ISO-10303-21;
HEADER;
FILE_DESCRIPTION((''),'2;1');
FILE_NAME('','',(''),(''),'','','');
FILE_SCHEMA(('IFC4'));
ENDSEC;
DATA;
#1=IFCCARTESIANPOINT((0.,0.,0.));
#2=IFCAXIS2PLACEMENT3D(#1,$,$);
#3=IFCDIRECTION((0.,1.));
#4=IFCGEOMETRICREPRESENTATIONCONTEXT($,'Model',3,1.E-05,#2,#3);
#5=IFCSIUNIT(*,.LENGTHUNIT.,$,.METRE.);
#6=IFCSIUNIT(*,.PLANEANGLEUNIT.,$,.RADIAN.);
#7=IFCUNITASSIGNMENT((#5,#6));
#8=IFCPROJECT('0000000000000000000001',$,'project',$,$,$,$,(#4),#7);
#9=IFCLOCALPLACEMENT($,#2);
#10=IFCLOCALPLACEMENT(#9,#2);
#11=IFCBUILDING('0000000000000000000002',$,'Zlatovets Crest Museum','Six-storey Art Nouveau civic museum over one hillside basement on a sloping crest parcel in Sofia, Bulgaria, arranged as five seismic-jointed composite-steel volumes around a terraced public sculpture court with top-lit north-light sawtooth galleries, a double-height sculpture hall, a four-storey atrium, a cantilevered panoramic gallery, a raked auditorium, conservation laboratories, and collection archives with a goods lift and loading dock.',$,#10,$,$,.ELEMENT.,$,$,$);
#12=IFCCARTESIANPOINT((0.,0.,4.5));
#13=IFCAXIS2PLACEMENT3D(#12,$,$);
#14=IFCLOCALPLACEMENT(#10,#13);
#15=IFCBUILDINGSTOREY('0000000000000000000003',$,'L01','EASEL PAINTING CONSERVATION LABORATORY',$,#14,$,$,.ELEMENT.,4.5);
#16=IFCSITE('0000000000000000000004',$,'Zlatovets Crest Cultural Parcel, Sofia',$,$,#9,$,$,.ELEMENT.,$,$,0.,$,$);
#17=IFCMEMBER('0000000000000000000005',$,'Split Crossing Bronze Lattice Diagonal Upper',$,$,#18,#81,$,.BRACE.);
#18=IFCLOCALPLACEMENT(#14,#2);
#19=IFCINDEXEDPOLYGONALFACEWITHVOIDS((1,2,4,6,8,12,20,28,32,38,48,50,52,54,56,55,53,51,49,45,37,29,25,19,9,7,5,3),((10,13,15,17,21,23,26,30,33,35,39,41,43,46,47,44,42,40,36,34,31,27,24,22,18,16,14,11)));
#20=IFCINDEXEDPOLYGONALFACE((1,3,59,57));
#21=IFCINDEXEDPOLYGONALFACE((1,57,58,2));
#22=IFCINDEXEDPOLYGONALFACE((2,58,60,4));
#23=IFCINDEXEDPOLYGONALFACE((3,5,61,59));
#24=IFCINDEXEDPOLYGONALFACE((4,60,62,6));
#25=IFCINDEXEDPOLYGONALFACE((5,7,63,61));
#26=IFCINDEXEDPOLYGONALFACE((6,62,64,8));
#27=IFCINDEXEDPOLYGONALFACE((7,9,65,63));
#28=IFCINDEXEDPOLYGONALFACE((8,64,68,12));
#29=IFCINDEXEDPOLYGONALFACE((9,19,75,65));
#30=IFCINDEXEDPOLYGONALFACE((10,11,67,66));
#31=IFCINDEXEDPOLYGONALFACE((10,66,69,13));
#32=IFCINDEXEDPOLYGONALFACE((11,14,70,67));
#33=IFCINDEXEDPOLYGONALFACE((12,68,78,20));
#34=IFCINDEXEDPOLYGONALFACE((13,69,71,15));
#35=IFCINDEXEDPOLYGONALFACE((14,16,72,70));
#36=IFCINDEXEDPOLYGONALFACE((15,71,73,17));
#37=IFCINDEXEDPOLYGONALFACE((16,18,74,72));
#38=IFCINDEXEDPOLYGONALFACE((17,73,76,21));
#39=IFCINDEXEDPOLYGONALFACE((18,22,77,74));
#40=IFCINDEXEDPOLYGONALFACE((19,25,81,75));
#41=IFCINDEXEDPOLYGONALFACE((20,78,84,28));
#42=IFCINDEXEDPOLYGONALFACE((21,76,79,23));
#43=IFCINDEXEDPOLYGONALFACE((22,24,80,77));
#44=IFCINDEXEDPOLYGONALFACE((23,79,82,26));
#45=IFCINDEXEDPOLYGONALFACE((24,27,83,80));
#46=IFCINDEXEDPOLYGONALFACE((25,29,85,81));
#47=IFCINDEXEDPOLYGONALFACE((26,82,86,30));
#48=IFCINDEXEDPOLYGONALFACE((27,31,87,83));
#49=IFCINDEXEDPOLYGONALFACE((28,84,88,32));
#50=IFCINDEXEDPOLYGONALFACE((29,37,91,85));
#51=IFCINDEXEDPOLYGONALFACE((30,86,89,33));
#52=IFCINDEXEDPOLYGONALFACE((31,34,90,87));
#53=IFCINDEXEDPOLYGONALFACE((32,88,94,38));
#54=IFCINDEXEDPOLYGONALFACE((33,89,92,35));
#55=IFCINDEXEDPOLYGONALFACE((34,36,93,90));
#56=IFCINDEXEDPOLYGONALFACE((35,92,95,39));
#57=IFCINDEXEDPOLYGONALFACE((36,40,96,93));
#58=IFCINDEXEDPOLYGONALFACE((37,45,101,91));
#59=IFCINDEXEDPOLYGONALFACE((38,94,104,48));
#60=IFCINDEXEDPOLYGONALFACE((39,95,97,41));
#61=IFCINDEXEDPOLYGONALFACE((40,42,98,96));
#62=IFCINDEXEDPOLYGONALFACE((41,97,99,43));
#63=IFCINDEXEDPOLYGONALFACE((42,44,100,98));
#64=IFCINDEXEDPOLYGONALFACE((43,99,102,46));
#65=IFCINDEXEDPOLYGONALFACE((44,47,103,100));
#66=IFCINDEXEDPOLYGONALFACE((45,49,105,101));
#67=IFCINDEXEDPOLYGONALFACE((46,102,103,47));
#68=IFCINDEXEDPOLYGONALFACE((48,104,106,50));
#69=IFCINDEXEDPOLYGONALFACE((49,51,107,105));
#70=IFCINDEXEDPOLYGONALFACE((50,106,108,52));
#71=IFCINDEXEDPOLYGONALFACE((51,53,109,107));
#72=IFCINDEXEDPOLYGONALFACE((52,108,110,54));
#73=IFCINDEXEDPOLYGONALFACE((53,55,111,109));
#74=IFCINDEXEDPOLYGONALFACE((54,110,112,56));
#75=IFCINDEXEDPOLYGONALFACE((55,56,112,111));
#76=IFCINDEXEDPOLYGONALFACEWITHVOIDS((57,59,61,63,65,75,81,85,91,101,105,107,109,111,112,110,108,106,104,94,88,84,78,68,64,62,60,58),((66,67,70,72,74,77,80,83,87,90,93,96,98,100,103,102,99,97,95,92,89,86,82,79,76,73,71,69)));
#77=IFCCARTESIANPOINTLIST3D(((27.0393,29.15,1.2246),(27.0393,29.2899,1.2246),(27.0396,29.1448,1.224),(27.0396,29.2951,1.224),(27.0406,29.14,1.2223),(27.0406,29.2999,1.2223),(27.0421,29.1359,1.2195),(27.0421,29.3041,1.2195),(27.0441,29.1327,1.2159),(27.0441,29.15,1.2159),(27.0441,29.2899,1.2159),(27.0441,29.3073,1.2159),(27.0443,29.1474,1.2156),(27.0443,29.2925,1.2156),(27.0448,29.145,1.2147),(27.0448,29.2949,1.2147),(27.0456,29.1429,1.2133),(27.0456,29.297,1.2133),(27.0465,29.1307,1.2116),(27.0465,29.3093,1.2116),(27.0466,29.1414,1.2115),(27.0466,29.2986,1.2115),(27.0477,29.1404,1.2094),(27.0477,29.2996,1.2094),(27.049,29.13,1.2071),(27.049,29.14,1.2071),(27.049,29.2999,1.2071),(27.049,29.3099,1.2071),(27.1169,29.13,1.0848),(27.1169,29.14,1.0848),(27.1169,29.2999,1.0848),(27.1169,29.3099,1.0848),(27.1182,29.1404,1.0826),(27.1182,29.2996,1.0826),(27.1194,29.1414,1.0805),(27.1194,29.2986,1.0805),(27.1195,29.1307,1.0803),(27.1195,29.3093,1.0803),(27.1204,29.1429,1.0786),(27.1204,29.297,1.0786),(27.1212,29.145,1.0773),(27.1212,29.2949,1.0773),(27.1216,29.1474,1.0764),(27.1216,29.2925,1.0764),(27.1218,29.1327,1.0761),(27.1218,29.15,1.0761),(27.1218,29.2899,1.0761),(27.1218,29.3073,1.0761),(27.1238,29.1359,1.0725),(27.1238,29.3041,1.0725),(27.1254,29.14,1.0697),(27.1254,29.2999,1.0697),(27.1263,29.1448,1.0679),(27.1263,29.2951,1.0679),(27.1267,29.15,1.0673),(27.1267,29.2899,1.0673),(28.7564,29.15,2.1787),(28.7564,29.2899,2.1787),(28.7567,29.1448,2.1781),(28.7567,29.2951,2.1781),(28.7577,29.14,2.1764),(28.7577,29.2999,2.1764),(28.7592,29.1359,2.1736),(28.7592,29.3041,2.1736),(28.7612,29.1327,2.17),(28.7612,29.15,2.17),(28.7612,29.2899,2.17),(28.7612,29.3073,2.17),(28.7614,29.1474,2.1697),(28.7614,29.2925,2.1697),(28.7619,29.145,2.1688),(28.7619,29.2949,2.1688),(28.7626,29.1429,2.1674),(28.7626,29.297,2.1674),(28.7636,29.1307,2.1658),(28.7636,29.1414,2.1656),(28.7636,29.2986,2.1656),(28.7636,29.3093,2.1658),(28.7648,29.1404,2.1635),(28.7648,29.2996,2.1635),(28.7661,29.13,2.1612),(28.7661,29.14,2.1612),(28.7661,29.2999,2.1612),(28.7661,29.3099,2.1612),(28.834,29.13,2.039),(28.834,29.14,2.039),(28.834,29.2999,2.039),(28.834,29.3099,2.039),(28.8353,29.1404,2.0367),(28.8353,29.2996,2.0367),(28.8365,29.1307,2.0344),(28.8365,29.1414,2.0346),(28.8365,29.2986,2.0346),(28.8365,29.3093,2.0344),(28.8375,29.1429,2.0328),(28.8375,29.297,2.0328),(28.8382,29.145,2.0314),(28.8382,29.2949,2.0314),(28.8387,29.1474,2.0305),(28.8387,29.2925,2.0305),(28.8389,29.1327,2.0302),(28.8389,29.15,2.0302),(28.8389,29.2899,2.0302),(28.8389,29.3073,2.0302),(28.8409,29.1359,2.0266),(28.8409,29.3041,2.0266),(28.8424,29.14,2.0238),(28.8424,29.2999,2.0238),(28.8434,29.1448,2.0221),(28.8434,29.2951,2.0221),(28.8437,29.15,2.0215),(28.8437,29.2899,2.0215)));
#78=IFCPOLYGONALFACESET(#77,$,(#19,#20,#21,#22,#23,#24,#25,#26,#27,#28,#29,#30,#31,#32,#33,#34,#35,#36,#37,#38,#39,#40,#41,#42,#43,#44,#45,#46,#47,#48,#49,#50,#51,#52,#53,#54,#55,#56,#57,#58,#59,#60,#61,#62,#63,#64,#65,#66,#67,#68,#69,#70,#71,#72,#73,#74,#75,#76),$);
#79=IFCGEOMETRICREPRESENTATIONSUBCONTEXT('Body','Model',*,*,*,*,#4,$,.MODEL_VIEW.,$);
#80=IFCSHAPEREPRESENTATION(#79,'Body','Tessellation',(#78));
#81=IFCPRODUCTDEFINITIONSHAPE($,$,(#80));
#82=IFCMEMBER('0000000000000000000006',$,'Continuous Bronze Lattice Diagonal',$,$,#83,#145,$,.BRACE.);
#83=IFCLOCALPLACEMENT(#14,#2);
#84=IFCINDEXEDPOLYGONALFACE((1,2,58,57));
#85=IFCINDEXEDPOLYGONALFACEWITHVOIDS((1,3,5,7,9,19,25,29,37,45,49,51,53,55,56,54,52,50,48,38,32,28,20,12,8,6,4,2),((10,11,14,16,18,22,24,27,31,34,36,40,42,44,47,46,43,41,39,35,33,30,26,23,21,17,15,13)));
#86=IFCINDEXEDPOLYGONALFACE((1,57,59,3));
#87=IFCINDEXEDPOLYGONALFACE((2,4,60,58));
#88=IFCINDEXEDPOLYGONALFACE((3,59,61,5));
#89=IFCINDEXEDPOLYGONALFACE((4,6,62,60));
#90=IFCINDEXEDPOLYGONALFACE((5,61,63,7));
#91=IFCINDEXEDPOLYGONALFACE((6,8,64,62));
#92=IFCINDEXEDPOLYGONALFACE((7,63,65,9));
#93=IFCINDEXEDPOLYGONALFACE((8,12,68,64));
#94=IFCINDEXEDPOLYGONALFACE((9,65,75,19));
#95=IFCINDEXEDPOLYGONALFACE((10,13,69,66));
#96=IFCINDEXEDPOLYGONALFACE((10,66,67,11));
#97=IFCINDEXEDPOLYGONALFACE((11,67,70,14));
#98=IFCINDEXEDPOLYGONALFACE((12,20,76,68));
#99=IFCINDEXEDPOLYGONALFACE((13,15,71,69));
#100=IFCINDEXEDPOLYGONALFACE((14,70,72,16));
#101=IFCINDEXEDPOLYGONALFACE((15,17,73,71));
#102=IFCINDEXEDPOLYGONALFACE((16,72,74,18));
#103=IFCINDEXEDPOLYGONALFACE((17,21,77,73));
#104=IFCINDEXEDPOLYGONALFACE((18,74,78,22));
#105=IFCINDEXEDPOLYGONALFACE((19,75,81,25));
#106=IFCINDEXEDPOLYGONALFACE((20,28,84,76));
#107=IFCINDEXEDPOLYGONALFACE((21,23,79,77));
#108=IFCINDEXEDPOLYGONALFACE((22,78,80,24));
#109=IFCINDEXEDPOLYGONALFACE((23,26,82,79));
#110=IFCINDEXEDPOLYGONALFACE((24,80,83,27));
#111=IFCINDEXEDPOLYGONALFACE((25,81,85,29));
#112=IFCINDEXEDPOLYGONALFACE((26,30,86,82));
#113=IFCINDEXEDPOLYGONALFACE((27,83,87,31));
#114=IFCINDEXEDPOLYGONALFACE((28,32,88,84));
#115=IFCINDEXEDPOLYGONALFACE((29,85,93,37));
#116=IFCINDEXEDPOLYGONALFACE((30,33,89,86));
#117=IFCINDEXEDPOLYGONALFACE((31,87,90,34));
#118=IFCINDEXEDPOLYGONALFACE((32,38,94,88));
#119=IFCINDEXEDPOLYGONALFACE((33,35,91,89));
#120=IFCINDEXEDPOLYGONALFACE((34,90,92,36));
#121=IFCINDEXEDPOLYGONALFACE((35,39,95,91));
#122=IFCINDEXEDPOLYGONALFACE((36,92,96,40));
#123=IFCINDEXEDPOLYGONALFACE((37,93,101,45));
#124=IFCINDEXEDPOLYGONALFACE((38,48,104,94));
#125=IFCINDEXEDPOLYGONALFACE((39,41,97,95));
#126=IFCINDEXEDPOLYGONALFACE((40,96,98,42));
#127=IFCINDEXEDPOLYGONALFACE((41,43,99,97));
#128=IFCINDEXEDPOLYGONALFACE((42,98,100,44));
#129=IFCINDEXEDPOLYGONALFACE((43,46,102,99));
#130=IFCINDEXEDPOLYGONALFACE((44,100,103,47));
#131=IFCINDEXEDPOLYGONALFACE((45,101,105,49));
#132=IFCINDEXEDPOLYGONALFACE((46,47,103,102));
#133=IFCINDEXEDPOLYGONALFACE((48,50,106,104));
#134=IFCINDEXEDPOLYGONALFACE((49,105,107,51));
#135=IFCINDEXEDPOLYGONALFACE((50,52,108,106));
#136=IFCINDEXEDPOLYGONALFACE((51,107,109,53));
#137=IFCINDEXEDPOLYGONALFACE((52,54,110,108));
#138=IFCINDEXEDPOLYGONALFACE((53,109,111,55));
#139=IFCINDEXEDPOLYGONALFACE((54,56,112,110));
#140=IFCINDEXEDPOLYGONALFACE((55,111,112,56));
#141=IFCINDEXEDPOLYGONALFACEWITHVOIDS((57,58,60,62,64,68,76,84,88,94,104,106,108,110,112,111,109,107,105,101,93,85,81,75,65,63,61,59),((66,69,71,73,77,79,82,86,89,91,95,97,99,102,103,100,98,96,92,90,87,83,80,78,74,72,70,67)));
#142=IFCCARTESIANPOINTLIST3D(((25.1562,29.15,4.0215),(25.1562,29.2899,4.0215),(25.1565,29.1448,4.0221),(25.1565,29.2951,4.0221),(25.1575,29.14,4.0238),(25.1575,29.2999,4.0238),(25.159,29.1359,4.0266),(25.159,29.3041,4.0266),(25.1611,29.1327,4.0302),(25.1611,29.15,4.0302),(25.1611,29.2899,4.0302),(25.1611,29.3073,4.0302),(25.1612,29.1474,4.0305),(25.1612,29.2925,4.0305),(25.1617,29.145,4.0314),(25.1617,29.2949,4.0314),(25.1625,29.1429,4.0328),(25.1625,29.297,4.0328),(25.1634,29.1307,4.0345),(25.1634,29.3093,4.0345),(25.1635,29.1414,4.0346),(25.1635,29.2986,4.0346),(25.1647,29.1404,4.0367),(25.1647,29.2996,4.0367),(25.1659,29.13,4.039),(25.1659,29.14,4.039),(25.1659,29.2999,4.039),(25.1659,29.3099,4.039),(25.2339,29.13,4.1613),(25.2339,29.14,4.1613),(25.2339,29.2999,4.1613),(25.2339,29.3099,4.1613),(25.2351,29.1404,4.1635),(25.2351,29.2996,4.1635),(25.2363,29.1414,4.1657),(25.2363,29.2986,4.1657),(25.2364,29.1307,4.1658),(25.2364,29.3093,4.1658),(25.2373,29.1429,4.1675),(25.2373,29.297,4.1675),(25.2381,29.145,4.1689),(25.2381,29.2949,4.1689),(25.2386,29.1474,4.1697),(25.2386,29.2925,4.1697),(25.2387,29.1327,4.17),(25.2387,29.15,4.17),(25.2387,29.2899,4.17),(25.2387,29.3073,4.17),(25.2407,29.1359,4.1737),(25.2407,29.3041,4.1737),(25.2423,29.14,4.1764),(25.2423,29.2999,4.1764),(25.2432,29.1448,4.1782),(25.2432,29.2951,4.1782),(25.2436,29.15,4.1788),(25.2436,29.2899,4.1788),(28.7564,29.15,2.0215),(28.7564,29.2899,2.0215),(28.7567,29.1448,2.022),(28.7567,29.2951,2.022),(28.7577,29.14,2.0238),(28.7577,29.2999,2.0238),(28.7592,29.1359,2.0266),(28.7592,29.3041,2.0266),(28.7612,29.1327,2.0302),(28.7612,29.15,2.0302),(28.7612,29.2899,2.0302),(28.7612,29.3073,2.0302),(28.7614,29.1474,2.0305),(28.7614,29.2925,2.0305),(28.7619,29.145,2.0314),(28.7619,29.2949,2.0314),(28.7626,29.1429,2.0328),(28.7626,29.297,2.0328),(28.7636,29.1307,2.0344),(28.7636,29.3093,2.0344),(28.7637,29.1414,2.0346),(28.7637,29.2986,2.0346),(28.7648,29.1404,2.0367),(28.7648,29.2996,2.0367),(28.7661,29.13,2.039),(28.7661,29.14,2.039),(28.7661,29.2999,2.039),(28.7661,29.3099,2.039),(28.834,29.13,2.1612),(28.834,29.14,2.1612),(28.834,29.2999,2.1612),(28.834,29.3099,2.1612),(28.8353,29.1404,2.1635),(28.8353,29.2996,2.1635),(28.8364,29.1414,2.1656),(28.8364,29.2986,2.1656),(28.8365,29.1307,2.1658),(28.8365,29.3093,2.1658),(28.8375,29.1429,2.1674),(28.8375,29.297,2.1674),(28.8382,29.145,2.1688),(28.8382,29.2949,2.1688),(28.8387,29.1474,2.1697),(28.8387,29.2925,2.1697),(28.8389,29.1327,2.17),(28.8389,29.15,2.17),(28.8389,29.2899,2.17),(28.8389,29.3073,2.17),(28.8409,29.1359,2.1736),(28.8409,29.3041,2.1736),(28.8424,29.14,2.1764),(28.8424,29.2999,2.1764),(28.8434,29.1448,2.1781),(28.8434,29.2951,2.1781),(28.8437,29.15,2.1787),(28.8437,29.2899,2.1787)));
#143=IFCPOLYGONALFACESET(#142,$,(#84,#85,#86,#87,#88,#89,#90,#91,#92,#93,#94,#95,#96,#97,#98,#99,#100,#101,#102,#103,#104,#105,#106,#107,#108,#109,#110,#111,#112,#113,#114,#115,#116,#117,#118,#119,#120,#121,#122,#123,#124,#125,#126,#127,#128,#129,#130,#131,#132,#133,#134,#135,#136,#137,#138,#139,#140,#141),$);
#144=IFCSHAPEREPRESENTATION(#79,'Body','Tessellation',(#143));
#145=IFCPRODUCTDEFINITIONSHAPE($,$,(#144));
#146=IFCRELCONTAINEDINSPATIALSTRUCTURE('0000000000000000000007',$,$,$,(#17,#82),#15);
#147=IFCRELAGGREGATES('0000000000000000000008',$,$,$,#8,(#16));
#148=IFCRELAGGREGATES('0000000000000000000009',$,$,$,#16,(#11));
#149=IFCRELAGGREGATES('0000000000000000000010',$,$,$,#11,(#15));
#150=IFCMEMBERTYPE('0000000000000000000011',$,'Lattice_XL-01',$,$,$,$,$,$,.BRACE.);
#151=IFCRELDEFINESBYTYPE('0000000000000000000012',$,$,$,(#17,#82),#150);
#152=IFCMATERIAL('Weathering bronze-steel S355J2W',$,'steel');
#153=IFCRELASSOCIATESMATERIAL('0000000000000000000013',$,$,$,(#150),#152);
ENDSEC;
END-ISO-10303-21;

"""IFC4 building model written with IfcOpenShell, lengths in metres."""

from ifc_helpers import new_model, si_unit, direction, frame, origin, origin_2d, place, context, subcontext, project, spatial, hollow_rectangle, extrude, material, material_profile, profile_set, type_object, element, save


model = new_model("IFC4")

# Units and contexts
model_context = context("Model", 3, precision=1e-05, world=origin(), true_north=direction((0.0, 1.0)))
body_context = subcontext(model_context, "Body", "Model", "MODEL_VIEW")
ifc_project = project(units=[si_unit("LENGTHUNIT", "METRE"), si_unit("PLANEANGLEUNIT", "RADIAN")], contexts=[model_context])

# Site, building, storey
site_placement = place(None, origin())
site = spatial("IfcSite", under=ifc_project, at=site_placement, Name="Zlatovets Crest Cultural Parcel, Sofia", CompositionType="ELEMENT", RefElevation=0.0)
building_placement = place(site_placement, origin())
building = spatial("IfcBuilding", under=site, at=building_placement, Name="Zlatovets Crest Museum", Description="Six-storey Art Nouveau civic museum over one hillside basement on a sloping crest parcel in Sofia, Bulgaria, arranged as five seismic-jointed composite-steel volumes around a terraced public sculpture court with top-lit north-light sawtooth galleries, a double-height sculpture hall, a four-storey atrium, a cantilevered panoramic gallery, a raked auditorium, conservation laboratories, and collection archives with a goods lift and loading dock.", CompositionType="ELEMENT")
storey_placement = place(building_placement, frame((0.0, 0.0, 4.5)))
storey = spatial("IfcBuildingStorey", under=building, at=storey_placement, Name="L01", Description="EASEL PAINTING CONSERVATION LABORATORY", CompositionType="ELEMENT", Elevation=4.5)

# Members
ifc_material_1 = material(Name="Weathering bronze-steel S355J2W", Category="steel")
ifc_material_profile_1 = material_profile(ifc_material_1, hollow_rectangle(XDim=0.1799, YDim=0.1799, WallThickness=0.01, InnerFilletRadius=0.01, OuterFilletRadius=0.02, at=origin_2d()), Name="SHS 180x180x10.0")
ifc_profile_set_1 = profile_set([ifc_material_profile_1], Name="Weathering bronze-steel S355J2W")
member_type_1 = type_object("IfcMemberType", Name="Lattice_XL-01", PredefinedType="BRACE", material=ifc_profile_set_1)
member_1_placement = place(storey_placement, frame((28.8, 29.22, 2.1001), z_axis=(-0.874116, 0.0, -0.485717), x_axis=(0.0, -1.0, 0.0)))
element("IfcMember", 1, at=member_1_placement, inside=storey, type_object=member_type_1, Name="Split Crossing Bronze Lattice Diagonal Upper", PredefinedType="BRACE", context=body_context, shape_type="SweptSolid", body=[
    extrude(hollow_rectangle(XDim=0.1799, YDim=0.1799, WallThickness=0.01, InnerFilletRadius=0.01, OuterFilletRadius=0.02, at=origin_2d()), origin(), (0.0, 0.0, 1.0), 1.9644),
])
member_2_placement = place(storey_placement, frame((28.8, 29.22, 2.1001), z_axis=(-0.874163, 0.0, 0.485633), x_axis=(0.0, -1.0, 0.0)))
element("IfcMember", 2, at=member_2_placement, inside=storey, type_object=member_type_1, Name="Continuous Bronze Lattice Diagonal", PredefinedType="BRACE", context=body_context, shape_type="SweptSolid", body=[
    extrude(hollow_rectangle(XDim=0.1799, YDim=0.1799, WallThickness=0.01, InnerFilletRadius=0.01, OuterFilletRadius=0.02, at=origin_2d()), origin(), (0.0, 0.0, 1.0), 4.1184),
])

save(model, "model.ifc")
